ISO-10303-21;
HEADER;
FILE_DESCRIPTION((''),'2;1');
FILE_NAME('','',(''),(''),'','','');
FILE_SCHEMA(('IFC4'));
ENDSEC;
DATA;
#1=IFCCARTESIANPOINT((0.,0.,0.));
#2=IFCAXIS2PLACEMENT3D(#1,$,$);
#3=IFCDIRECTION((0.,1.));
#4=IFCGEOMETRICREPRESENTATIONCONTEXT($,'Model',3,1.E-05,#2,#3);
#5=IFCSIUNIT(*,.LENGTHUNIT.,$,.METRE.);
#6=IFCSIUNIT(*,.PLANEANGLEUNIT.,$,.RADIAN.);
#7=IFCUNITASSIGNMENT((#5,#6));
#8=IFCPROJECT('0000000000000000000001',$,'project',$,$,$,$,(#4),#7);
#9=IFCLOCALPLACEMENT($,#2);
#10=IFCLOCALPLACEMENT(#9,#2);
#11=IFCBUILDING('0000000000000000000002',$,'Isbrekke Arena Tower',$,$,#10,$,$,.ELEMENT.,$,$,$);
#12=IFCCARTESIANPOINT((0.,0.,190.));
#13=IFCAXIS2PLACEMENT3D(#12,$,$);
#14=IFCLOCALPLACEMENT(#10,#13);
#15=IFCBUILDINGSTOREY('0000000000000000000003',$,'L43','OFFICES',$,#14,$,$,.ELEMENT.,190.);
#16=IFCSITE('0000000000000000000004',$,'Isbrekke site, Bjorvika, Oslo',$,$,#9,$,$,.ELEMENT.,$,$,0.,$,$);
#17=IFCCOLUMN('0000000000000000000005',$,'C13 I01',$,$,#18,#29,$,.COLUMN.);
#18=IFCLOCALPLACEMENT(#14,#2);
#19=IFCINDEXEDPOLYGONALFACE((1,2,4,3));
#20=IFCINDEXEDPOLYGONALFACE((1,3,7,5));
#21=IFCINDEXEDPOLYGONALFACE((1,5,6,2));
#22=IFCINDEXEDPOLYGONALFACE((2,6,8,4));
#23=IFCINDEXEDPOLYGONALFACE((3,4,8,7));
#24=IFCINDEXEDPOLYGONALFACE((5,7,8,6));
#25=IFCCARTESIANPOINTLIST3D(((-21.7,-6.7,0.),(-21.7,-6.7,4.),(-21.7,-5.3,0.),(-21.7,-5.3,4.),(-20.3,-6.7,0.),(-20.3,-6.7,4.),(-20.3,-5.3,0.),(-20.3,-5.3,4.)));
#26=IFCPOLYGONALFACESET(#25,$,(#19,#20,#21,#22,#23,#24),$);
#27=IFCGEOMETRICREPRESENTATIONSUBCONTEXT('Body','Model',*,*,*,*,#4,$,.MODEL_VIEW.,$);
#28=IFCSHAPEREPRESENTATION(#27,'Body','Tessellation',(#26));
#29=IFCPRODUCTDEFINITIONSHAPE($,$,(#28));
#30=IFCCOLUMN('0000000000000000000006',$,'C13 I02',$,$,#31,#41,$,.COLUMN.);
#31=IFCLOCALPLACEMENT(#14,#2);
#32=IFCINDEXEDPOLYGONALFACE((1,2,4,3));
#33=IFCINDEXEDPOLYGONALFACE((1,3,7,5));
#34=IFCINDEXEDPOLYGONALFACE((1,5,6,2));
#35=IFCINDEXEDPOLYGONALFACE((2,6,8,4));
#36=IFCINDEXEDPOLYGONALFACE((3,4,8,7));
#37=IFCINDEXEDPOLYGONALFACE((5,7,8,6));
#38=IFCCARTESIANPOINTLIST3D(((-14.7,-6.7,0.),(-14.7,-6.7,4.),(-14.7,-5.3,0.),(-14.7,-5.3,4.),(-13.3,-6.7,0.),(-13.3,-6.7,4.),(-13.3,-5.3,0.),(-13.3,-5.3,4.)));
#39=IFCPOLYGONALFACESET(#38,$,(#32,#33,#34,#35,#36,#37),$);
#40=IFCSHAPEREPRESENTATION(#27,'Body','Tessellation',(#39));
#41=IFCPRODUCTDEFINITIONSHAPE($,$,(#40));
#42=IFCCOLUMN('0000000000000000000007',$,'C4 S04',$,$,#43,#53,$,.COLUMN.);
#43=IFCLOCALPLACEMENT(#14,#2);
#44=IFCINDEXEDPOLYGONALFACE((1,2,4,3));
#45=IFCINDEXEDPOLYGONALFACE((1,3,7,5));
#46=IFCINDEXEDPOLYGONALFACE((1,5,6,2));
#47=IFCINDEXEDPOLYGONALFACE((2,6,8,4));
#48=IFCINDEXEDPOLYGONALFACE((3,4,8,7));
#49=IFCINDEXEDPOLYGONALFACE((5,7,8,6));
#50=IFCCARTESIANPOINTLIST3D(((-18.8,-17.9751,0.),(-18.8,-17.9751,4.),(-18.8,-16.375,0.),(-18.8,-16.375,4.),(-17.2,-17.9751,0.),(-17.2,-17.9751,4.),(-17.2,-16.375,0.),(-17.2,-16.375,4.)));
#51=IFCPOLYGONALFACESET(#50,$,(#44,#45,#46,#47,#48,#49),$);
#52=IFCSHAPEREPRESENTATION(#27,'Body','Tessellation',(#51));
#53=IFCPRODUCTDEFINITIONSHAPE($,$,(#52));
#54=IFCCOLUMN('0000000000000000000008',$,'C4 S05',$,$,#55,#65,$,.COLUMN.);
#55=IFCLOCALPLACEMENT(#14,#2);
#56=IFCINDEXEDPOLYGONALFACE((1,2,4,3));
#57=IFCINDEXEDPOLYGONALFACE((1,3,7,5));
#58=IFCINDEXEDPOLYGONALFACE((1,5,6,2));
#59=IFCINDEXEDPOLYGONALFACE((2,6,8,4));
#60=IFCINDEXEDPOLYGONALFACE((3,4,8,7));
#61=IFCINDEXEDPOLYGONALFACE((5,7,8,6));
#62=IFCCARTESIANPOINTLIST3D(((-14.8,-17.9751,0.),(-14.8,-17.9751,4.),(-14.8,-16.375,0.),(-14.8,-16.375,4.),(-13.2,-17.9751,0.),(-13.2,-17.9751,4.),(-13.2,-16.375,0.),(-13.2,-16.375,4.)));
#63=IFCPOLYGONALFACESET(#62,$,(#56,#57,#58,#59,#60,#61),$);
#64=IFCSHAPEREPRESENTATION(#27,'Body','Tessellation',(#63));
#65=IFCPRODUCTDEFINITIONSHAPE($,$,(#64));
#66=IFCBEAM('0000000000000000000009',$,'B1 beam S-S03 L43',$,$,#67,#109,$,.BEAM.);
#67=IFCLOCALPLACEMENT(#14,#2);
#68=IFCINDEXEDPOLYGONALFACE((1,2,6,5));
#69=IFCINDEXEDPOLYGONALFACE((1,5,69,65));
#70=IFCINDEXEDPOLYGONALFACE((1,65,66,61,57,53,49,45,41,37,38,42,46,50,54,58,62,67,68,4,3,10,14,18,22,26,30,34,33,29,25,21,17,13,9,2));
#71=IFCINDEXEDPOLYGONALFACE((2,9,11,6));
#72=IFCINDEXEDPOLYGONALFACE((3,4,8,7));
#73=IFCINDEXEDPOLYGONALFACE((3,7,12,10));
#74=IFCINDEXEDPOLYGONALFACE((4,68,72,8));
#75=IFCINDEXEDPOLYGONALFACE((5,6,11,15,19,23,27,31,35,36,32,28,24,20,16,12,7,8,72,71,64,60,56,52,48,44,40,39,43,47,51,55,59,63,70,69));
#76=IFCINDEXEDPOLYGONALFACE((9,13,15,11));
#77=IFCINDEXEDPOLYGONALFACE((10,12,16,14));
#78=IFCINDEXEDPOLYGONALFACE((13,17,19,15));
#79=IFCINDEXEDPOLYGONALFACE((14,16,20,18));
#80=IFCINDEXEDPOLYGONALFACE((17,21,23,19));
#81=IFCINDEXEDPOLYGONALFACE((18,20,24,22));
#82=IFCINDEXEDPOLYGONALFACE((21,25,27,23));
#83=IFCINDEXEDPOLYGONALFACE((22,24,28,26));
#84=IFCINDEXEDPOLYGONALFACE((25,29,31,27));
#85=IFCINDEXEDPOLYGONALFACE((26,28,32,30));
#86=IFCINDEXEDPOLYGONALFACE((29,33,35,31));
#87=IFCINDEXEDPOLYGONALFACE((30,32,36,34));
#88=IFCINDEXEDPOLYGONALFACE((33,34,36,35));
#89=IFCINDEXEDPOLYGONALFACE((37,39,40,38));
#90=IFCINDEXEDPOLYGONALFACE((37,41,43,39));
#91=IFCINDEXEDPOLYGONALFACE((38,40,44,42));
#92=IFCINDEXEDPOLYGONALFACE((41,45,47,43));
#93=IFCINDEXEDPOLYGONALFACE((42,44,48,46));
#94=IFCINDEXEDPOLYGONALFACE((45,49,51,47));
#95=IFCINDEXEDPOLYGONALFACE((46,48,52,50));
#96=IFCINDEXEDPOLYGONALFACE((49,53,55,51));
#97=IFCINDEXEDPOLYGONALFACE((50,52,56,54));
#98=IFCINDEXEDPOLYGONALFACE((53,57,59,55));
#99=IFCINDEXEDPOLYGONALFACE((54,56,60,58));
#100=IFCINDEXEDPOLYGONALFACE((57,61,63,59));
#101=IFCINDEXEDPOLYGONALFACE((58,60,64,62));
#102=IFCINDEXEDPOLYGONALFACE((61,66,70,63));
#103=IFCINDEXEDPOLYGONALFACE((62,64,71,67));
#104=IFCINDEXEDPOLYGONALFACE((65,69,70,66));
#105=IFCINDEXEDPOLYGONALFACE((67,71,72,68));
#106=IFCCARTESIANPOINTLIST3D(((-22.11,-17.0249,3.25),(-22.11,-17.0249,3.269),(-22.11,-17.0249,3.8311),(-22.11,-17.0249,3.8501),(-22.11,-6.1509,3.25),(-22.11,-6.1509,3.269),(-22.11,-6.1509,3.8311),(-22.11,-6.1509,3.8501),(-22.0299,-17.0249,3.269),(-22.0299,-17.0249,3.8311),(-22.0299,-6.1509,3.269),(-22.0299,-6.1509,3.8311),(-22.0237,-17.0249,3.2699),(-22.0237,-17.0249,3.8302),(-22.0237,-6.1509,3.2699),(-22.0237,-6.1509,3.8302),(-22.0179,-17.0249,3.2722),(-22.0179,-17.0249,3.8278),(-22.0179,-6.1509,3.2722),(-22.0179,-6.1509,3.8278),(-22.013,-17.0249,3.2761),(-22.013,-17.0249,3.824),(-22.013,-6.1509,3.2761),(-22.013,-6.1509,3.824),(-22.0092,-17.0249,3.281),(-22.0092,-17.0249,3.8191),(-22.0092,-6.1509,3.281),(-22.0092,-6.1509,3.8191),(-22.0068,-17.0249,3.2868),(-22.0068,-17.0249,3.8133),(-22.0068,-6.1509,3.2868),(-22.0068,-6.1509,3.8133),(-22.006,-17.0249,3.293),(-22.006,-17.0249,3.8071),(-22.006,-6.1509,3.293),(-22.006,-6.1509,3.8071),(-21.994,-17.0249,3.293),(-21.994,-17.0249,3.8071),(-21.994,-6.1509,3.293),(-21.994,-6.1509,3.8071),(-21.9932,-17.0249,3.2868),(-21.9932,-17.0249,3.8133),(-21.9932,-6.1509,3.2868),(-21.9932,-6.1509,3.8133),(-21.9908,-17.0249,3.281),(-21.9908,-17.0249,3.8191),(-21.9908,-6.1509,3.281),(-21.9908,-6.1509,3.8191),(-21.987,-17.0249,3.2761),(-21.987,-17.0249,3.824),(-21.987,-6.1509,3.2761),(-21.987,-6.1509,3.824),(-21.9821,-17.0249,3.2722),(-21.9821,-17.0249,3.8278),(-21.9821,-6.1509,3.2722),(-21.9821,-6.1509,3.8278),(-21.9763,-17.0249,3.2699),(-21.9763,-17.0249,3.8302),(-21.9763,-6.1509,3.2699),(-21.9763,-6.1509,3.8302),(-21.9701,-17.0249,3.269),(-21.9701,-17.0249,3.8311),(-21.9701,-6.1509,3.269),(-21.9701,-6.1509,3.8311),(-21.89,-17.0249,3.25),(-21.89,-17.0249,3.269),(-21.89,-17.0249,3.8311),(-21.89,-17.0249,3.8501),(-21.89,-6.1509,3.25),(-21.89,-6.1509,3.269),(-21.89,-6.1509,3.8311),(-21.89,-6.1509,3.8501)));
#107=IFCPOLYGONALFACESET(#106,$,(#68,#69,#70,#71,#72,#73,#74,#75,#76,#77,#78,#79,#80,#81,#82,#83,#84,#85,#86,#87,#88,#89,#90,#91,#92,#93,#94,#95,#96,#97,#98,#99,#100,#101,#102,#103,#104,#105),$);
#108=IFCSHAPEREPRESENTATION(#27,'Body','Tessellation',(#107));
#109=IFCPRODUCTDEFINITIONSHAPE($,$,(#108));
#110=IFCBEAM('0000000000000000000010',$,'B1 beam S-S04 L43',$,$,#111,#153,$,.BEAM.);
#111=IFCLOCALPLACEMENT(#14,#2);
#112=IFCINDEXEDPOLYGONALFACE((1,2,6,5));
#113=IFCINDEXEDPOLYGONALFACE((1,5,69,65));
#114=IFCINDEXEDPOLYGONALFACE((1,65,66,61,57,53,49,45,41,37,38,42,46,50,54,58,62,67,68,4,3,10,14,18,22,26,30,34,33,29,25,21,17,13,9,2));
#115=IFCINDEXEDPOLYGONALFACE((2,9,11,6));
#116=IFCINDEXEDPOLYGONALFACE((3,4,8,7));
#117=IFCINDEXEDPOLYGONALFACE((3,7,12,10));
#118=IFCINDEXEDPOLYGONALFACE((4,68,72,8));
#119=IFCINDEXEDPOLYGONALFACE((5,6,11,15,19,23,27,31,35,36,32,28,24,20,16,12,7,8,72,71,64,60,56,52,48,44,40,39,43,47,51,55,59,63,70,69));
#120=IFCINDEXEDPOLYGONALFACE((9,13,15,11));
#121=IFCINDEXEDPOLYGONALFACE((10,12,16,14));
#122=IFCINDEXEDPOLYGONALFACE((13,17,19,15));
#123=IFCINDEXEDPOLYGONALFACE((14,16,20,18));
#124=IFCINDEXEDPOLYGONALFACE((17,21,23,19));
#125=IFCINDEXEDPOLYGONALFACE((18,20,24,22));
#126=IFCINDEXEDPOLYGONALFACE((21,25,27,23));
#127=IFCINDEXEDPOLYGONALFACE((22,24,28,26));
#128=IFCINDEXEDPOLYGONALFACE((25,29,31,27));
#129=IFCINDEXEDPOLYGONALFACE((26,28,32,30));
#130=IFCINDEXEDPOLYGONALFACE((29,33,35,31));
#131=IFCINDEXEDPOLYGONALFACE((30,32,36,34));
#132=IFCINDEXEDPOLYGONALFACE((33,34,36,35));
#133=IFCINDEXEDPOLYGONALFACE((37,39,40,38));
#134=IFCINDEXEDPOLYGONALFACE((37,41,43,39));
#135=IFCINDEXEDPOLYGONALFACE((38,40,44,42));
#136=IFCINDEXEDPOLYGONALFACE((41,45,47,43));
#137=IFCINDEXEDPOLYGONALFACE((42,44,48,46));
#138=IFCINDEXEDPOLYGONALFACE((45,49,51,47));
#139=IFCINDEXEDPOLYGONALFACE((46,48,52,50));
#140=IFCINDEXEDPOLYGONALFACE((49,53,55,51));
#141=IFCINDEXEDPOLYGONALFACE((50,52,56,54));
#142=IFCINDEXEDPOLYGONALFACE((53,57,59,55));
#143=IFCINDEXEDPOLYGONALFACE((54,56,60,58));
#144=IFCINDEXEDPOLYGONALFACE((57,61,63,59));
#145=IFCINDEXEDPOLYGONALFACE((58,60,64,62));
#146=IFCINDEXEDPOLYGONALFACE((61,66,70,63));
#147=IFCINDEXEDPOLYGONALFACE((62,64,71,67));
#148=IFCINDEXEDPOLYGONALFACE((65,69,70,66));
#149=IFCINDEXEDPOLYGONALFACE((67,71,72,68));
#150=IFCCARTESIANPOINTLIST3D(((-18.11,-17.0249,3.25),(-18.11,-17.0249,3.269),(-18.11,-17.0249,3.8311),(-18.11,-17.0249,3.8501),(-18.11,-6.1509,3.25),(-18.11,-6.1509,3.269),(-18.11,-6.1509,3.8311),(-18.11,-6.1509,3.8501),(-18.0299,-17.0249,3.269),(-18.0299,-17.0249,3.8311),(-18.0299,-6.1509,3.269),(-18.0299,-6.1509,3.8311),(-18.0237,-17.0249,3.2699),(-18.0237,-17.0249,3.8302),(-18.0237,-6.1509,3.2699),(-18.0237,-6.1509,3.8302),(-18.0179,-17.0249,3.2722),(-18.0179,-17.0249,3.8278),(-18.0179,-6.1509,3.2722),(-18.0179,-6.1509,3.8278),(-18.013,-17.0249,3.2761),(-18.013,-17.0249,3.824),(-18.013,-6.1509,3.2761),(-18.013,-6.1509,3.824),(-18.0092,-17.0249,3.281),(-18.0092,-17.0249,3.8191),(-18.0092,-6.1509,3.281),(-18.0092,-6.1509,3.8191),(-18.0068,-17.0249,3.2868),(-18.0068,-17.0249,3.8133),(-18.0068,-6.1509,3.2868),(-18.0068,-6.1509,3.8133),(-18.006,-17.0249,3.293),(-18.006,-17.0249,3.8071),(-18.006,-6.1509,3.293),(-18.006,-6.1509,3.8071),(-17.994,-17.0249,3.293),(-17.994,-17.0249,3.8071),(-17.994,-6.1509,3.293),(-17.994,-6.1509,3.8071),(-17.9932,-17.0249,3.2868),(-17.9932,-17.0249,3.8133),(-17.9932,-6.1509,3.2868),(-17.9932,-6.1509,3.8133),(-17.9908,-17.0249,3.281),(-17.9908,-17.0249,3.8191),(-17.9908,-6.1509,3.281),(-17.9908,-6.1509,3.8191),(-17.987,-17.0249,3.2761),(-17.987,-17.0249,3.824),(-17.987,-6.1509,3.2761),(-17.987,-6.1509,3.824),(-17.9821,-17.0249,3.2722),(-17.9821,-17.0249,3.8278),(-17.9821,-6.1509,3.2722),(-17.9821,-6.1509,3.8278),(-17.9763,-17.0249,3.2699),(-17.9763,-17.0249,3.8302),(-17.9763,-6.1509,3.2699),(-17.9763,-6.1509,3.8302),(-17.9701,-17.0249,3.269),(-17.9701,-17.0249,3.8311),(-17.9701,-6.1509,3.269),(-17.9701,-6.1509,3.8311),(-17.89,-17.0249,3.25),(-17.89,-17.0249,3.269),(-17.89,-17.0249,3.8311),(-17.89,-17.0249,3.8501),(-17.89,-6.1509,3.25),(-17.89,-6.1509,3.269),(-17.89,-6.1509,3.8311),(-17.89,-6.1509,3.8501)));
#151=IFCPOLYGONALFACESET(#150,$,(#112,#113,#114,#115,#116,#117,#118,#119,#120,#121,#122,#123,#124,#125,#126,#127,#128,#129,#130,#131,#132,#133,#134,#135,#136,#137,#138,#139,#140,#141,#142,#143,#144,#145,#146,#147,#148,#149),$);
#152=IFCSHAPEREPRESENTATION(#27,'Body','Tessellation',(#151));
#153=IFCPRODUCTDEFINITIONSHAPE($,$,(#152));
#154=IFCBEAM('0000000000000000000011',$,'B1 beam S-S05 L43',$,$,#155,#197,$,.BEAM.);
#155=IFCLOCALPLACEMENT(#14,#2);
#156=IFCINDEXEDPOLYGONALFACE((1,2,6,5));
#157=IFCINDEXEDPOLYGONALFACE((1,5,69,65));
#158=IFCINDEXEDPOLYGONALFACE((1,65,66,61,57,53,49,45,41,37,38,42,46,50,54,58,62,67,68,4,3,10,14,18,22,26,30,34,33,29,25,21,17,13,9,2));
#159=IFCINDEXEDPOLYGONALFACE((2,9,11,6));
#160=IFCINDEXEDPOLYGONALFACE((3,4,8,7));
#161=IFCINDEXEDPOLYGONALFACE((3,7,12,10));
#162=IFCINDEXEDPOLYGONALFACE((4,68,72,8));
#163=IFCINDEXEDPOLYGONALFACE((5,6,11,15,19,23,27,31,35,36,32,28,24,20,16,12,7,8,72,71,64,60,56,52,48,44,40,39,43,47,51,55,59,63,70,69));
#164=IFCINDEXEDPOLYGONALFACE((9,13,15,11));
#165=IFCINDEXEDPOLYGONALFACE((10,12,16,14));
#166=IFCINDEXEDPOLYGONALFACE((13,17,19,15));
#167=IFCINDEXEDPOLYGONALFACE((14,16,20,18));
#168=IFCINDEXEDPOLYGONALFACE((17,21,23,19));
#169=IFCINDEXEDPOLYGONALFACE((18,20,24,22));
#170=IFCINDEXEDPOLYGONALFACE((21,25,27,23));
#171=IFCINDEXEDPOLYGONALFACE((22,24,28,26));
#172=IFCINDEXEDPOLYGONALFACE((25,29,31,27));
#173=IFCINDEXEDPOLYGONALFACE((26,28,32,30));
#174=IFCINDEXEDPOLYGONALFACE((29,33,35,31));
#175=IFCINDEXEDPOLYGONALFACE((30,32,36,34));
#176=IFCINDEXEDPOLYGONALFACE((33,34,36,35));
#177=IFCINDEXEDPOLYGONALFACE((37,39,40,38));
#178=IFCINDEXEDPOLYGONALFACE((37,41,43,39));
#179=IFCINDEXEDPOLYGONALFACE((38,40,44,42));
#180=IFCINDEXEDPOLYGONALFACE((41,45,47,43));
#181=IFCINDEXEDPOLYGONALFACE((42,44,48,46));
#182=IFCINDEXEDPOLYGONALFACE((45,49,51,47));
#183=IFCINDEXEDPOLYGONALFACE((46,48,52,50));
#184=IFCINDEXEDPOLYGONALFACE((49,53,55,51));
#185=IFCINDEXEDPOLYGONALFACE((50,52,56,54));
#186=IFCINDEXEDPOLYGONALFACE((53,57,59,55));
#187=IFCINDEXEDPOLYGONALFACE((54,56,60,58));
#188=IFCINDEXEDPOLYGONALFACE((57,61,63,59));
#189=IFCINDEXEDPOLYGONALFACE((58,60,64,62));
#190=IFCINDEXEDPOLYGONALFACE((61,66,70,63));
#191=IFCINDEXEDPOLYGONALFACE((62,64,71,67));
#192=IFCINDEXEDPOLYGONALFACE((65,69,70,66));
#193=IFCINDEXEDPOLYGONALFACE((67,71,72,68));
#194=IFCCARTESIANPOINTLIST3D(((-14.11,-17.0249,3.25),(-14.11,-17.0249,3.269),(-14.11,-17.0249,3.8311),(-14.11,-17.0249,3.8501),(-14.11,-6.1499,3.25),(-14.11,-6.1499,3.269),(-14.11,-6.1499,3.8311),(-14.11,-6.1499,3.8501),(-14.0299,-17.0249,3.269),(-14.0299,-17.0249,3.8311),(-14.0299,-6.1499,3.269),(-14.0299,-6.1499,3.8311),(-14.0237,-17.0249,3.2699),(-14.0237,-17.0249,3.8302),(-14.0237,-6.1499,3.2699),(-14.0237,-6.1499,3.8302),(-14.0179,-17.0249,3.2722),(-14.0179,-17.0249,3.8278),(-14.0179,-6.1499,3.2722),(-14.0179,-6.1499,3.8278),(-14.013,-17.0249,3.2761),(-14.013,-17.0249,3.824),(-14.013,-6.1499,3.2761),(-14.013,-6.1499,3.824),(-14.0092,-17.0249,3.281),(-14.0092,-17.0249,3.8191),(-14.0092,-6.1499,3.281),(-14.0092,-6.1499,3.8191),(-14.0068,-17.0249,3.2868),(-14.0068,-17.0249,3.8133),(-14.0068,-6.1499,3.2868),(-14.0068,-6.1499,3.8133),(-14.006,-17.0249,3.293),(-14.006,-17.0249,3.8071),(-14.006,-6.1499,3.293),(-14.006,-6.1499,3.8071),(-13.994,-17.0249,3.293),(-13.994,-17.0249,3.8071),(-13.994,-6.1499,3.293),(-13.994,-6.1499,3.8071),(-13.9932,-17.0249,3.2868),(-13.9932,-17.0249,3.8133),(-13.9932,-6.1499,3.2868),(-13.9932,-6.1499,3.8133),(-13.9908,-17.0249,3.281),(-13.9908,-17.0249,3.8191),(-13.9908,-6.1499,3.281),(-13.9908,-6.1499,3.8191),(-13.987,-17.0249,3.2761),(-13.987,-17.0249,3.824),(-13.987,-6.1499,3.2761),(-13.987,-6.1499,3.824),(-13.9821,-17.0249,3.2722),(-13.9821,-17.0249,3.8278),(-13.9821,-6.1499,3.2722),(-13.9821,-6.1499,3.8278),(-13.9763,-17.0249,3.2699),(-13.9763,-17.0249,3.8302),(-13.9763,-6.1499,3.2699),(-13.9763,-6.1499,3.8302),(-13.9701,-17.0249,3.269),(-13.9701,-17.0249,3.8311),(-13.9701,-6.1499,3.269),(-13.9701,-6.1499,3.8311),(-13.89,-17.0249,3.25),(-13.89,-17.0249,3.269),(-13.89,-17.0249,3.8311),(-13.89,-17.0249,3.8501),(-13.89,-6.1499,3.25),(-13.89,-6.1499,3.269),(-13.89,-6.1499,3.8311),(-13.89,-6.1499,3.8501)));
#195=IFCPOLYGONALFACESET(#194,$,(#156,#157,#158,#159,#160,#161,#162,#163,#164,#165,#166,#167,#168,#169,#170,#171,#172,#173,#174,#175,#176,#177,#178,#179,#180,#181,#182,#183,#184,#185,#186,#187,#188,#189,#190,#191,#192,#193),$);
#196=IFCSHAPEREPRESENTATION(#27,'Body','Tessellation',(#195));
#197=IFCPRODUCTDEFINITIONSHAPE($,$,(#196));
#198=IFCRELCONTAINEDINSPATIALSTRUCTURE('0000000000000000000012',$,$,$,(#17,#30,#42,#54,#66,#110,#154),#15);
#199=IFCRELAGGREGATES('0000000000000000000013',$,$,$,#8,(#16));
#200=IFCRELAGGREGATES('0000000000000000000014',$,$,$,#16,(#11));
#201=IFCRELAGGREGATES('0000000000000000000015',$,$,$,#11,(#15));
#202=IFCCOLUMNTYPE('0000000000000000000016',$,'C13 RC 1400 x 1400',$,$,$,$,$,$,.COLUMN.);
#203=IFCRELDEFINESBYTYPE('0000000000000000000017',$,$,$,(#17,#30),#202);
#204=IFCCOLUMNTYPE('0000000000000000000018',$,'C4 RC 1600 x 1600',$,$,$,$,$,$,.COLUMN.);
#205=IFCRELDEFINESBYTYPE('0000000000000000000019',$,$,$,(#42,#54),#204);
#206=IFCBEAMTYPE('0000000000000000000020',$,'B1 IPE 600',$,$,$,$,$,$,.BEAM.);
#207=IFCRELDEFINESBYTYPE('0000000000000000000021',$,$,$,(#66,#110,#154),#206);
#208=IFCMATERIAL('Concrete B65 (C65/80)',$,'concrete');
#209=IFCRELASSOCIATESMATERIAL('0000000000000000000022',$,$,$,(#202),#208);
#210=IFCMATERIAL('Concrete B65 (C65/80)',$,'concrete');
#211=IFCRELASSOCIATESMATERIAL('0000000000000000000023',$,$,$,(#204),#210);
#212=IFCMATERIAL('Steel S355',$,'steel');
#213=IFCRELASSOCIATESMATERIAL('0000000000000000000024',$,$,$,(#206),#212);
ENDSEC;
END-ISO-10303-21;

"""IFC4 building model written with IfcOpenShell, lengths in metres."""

from ifc_helpers import new_model, si_unit, direction, frame, origin, origin_2d, place, context, subcontext, project, spatial, rectangle, i_section, extrude, material, material_profile, profile_set, type_object, element, save


model = new_model("IFC4")

# Units and contexts
model_context = context("Model", 3, precision=1e-05, world=origin(), true_north=direction((0.0, 1.0)))
body_context = subcontext(model_context, "Body", "Model", "MODEL_VIEW")
ifc_project = project(units=[si_unit("LENGTHUNIT", "METRE"), si_unit("PLANEANGLEUNIT", "RADIAN")], contexts=[model_context])

# Site, building, storey
site_placement = place(None, origin())
site = spatial("IfcSite", under=ifc_project, at=site_placement, Name="Isbrekke site, Bjorvika, Oslo", CompositionType="ELEMENT", RefElevation=0.0)
building_placement = place(site_placement, origin())
building = spatial("IfcBuilding", under=site, at=building_placement, Name="Isbrekke Arena Tower", CompositionType="ELEMENT")
storey_placement = place(building_placement, frame((0.0, 0.0, 190.0)))
storey = spatial("IfcBuildingStorey", under=building, at=storey_placement, Name="L43", Description="OFFICES", CompositionType="ELEMENT", Elevation=190.0)

# Columns
ifc_material_1 = material(Name="Concrete B65 (C65/80)", Category="concrete")
ifc_material_profile_1 = material_profile(ifc_material_1, rectangle(XDim=1.3999, YDim=1.3999, at=origin_2d()), Name="RC 1400x1400")
ifc_profile_set_1 = profile_set([ifc_material_profile_1], Name="Concrete B65 (C65/80)")
column_type_1 = type_object("IfcColumnType", Name="C13 RC 1400 x 1400", PredefinedType="COLUMN", material=ifc_profile_set_1)
for number, where, z_axis, x_axis, name in (
    (1, (-21.0, -6.0, 0.0), (0.0, 0.0, 1.0), (1.0, 0.0, 0.0), "C13 I01"),
    (2, (-14.0, -6.0, 0.0), (0.0, 0.0, 1.0), (1.0, 0.0, 0.0), "C13 I02"),
):
    element("IfcColumn", number, at=place(storey_placement, frame(where, z_axis=z_axis, x_axis=x_axis)), inside=storey, type_object=column_type_1, Name=name, PredefinedType="COLUMN", context=body_context, shape_type="SweptSolid", body=[
        extrude(rectangle(XDim=1.3999, YDim=1.3999, at=origin_2d()), origin(), (0.0, 0.0, 1.0), 4.0),
    ])
ifc_material_2 = material(Name="Concrete B65 (C65/80)", Category="concrete")
ifc_material_profile_2 = material_profile(ifc_material_2, rectangle(XDim=1.6001, YDim=1.6001, at=origin_2d()), Name="RC 1600x1600")
ifc_profile_set_2 = profile_set([ifc_material_profile_2], Name="Concrete B65 (C65/80)")
column_type_2 = type_object("IfcColumnType", Name="C4 RC 1600 x 1600", PredefinedType="COLUMN", material=ifc_profile_set_2)
for number, where, z_axis, x_axis, name in (
    (3, (-18.0, -17.175, 0.0), (0.0, 0.0, 1.0), (1.0, 0.0, 0.0), "C4 S04"),
    (4, (-14.0, -17.175, 0.0), (0.0, 0.0, 1.0), (1.0, 0.0, 0.0), "C4 S05"),
):
    element("IfcColumn", number, at=place(storey_placement, frame(where, z_axis=z_axis, x_axis=x_axis)), inside=storey, type_object=column_type_2, Name=name, PredefinedType="COLUMN", context=body_context, shape_type="SweptSolid", body=[
        extrude(rectangle(XDim=1.6001, YDim=1.6001, at=origin_2d()), origin(), (0.0, 0.0, 1.0), 4.0),
    ])

# Beams
ifc_material_3 = material(Name="Steel S355", Category="steel")
ifc_material_profile_3 = material_profile(ifc_material_3, i_section(OverallWidth=0.22, OverallDepth=0.6001, WebThickness=0.012, FlangeThickness=0.019, FilletRadius=0.0239, at=origin_2d()), Name="IPE 600")
ifc_profile_set_3 = profile_set([ifc_material_profile_3], Name="Steel S355")
beam_type_1 = type_object("IfcBeamType", Name="B1 IPE 600", PredefinedType="BEAM", material=ifc_profile_set_3)
for number, where, z_axis, x_axis, name in (
    (5, (-22.0, -17.0249, 3.55), (0.0, 1.0, 0.0), (-1.0, 0.0, 0.0), "B1 beam S-S03 L43"),
    (6, (-18.0, -17.0249, 3.55), (0.0, 1.0, 0.0), (-1.0, 0.0, 0.0), "B1 beam S-S04 L43"),
):
    element("IfcBeam", number, at=place(storey_placement, frame(where, z_axis=z_axis, x_axis=x_axis)), inside=storey, type_object=beam_type_1, Name=name, PredefinedType="BEAM", context=body_context, shape_type="SweptSolid", body=[
        extrude(i_section(OverallWidth=0.22, OverallDepth=0.6001, WebThickness=0.012, FlangeThickness=0.019, FilletRadius=0.0239, at=origin_2d()), origin(), (0.0, 0.0, 1.0), 10.874),
    ])
beam_1_placement = place(storey_placement, frame((-14.0, -17.0249, 3.55), z_axis=(0.0, 1.0, 0.0), x_axis=(-1.0, 0.0, 0.0)))
element("IfcBeam", 7, at=beam_1_placement, inside=storey, type_object=beam_type_1, Name="B1 beam S-S05 L43", PredefinedType="BEAM", context=body_context, shape_type="SweptSolid", body=[
    extrude(i_section(OverallWidth=0.22, OverallDepth=0.6001, WebThickness=0.012, FlangeThickness=0.019, FilletRadius=0.0239, at=origin_2d()), origin(), (0.0, 0.0, 1.0), 10.875),
])

save(model, "model.ifc")
